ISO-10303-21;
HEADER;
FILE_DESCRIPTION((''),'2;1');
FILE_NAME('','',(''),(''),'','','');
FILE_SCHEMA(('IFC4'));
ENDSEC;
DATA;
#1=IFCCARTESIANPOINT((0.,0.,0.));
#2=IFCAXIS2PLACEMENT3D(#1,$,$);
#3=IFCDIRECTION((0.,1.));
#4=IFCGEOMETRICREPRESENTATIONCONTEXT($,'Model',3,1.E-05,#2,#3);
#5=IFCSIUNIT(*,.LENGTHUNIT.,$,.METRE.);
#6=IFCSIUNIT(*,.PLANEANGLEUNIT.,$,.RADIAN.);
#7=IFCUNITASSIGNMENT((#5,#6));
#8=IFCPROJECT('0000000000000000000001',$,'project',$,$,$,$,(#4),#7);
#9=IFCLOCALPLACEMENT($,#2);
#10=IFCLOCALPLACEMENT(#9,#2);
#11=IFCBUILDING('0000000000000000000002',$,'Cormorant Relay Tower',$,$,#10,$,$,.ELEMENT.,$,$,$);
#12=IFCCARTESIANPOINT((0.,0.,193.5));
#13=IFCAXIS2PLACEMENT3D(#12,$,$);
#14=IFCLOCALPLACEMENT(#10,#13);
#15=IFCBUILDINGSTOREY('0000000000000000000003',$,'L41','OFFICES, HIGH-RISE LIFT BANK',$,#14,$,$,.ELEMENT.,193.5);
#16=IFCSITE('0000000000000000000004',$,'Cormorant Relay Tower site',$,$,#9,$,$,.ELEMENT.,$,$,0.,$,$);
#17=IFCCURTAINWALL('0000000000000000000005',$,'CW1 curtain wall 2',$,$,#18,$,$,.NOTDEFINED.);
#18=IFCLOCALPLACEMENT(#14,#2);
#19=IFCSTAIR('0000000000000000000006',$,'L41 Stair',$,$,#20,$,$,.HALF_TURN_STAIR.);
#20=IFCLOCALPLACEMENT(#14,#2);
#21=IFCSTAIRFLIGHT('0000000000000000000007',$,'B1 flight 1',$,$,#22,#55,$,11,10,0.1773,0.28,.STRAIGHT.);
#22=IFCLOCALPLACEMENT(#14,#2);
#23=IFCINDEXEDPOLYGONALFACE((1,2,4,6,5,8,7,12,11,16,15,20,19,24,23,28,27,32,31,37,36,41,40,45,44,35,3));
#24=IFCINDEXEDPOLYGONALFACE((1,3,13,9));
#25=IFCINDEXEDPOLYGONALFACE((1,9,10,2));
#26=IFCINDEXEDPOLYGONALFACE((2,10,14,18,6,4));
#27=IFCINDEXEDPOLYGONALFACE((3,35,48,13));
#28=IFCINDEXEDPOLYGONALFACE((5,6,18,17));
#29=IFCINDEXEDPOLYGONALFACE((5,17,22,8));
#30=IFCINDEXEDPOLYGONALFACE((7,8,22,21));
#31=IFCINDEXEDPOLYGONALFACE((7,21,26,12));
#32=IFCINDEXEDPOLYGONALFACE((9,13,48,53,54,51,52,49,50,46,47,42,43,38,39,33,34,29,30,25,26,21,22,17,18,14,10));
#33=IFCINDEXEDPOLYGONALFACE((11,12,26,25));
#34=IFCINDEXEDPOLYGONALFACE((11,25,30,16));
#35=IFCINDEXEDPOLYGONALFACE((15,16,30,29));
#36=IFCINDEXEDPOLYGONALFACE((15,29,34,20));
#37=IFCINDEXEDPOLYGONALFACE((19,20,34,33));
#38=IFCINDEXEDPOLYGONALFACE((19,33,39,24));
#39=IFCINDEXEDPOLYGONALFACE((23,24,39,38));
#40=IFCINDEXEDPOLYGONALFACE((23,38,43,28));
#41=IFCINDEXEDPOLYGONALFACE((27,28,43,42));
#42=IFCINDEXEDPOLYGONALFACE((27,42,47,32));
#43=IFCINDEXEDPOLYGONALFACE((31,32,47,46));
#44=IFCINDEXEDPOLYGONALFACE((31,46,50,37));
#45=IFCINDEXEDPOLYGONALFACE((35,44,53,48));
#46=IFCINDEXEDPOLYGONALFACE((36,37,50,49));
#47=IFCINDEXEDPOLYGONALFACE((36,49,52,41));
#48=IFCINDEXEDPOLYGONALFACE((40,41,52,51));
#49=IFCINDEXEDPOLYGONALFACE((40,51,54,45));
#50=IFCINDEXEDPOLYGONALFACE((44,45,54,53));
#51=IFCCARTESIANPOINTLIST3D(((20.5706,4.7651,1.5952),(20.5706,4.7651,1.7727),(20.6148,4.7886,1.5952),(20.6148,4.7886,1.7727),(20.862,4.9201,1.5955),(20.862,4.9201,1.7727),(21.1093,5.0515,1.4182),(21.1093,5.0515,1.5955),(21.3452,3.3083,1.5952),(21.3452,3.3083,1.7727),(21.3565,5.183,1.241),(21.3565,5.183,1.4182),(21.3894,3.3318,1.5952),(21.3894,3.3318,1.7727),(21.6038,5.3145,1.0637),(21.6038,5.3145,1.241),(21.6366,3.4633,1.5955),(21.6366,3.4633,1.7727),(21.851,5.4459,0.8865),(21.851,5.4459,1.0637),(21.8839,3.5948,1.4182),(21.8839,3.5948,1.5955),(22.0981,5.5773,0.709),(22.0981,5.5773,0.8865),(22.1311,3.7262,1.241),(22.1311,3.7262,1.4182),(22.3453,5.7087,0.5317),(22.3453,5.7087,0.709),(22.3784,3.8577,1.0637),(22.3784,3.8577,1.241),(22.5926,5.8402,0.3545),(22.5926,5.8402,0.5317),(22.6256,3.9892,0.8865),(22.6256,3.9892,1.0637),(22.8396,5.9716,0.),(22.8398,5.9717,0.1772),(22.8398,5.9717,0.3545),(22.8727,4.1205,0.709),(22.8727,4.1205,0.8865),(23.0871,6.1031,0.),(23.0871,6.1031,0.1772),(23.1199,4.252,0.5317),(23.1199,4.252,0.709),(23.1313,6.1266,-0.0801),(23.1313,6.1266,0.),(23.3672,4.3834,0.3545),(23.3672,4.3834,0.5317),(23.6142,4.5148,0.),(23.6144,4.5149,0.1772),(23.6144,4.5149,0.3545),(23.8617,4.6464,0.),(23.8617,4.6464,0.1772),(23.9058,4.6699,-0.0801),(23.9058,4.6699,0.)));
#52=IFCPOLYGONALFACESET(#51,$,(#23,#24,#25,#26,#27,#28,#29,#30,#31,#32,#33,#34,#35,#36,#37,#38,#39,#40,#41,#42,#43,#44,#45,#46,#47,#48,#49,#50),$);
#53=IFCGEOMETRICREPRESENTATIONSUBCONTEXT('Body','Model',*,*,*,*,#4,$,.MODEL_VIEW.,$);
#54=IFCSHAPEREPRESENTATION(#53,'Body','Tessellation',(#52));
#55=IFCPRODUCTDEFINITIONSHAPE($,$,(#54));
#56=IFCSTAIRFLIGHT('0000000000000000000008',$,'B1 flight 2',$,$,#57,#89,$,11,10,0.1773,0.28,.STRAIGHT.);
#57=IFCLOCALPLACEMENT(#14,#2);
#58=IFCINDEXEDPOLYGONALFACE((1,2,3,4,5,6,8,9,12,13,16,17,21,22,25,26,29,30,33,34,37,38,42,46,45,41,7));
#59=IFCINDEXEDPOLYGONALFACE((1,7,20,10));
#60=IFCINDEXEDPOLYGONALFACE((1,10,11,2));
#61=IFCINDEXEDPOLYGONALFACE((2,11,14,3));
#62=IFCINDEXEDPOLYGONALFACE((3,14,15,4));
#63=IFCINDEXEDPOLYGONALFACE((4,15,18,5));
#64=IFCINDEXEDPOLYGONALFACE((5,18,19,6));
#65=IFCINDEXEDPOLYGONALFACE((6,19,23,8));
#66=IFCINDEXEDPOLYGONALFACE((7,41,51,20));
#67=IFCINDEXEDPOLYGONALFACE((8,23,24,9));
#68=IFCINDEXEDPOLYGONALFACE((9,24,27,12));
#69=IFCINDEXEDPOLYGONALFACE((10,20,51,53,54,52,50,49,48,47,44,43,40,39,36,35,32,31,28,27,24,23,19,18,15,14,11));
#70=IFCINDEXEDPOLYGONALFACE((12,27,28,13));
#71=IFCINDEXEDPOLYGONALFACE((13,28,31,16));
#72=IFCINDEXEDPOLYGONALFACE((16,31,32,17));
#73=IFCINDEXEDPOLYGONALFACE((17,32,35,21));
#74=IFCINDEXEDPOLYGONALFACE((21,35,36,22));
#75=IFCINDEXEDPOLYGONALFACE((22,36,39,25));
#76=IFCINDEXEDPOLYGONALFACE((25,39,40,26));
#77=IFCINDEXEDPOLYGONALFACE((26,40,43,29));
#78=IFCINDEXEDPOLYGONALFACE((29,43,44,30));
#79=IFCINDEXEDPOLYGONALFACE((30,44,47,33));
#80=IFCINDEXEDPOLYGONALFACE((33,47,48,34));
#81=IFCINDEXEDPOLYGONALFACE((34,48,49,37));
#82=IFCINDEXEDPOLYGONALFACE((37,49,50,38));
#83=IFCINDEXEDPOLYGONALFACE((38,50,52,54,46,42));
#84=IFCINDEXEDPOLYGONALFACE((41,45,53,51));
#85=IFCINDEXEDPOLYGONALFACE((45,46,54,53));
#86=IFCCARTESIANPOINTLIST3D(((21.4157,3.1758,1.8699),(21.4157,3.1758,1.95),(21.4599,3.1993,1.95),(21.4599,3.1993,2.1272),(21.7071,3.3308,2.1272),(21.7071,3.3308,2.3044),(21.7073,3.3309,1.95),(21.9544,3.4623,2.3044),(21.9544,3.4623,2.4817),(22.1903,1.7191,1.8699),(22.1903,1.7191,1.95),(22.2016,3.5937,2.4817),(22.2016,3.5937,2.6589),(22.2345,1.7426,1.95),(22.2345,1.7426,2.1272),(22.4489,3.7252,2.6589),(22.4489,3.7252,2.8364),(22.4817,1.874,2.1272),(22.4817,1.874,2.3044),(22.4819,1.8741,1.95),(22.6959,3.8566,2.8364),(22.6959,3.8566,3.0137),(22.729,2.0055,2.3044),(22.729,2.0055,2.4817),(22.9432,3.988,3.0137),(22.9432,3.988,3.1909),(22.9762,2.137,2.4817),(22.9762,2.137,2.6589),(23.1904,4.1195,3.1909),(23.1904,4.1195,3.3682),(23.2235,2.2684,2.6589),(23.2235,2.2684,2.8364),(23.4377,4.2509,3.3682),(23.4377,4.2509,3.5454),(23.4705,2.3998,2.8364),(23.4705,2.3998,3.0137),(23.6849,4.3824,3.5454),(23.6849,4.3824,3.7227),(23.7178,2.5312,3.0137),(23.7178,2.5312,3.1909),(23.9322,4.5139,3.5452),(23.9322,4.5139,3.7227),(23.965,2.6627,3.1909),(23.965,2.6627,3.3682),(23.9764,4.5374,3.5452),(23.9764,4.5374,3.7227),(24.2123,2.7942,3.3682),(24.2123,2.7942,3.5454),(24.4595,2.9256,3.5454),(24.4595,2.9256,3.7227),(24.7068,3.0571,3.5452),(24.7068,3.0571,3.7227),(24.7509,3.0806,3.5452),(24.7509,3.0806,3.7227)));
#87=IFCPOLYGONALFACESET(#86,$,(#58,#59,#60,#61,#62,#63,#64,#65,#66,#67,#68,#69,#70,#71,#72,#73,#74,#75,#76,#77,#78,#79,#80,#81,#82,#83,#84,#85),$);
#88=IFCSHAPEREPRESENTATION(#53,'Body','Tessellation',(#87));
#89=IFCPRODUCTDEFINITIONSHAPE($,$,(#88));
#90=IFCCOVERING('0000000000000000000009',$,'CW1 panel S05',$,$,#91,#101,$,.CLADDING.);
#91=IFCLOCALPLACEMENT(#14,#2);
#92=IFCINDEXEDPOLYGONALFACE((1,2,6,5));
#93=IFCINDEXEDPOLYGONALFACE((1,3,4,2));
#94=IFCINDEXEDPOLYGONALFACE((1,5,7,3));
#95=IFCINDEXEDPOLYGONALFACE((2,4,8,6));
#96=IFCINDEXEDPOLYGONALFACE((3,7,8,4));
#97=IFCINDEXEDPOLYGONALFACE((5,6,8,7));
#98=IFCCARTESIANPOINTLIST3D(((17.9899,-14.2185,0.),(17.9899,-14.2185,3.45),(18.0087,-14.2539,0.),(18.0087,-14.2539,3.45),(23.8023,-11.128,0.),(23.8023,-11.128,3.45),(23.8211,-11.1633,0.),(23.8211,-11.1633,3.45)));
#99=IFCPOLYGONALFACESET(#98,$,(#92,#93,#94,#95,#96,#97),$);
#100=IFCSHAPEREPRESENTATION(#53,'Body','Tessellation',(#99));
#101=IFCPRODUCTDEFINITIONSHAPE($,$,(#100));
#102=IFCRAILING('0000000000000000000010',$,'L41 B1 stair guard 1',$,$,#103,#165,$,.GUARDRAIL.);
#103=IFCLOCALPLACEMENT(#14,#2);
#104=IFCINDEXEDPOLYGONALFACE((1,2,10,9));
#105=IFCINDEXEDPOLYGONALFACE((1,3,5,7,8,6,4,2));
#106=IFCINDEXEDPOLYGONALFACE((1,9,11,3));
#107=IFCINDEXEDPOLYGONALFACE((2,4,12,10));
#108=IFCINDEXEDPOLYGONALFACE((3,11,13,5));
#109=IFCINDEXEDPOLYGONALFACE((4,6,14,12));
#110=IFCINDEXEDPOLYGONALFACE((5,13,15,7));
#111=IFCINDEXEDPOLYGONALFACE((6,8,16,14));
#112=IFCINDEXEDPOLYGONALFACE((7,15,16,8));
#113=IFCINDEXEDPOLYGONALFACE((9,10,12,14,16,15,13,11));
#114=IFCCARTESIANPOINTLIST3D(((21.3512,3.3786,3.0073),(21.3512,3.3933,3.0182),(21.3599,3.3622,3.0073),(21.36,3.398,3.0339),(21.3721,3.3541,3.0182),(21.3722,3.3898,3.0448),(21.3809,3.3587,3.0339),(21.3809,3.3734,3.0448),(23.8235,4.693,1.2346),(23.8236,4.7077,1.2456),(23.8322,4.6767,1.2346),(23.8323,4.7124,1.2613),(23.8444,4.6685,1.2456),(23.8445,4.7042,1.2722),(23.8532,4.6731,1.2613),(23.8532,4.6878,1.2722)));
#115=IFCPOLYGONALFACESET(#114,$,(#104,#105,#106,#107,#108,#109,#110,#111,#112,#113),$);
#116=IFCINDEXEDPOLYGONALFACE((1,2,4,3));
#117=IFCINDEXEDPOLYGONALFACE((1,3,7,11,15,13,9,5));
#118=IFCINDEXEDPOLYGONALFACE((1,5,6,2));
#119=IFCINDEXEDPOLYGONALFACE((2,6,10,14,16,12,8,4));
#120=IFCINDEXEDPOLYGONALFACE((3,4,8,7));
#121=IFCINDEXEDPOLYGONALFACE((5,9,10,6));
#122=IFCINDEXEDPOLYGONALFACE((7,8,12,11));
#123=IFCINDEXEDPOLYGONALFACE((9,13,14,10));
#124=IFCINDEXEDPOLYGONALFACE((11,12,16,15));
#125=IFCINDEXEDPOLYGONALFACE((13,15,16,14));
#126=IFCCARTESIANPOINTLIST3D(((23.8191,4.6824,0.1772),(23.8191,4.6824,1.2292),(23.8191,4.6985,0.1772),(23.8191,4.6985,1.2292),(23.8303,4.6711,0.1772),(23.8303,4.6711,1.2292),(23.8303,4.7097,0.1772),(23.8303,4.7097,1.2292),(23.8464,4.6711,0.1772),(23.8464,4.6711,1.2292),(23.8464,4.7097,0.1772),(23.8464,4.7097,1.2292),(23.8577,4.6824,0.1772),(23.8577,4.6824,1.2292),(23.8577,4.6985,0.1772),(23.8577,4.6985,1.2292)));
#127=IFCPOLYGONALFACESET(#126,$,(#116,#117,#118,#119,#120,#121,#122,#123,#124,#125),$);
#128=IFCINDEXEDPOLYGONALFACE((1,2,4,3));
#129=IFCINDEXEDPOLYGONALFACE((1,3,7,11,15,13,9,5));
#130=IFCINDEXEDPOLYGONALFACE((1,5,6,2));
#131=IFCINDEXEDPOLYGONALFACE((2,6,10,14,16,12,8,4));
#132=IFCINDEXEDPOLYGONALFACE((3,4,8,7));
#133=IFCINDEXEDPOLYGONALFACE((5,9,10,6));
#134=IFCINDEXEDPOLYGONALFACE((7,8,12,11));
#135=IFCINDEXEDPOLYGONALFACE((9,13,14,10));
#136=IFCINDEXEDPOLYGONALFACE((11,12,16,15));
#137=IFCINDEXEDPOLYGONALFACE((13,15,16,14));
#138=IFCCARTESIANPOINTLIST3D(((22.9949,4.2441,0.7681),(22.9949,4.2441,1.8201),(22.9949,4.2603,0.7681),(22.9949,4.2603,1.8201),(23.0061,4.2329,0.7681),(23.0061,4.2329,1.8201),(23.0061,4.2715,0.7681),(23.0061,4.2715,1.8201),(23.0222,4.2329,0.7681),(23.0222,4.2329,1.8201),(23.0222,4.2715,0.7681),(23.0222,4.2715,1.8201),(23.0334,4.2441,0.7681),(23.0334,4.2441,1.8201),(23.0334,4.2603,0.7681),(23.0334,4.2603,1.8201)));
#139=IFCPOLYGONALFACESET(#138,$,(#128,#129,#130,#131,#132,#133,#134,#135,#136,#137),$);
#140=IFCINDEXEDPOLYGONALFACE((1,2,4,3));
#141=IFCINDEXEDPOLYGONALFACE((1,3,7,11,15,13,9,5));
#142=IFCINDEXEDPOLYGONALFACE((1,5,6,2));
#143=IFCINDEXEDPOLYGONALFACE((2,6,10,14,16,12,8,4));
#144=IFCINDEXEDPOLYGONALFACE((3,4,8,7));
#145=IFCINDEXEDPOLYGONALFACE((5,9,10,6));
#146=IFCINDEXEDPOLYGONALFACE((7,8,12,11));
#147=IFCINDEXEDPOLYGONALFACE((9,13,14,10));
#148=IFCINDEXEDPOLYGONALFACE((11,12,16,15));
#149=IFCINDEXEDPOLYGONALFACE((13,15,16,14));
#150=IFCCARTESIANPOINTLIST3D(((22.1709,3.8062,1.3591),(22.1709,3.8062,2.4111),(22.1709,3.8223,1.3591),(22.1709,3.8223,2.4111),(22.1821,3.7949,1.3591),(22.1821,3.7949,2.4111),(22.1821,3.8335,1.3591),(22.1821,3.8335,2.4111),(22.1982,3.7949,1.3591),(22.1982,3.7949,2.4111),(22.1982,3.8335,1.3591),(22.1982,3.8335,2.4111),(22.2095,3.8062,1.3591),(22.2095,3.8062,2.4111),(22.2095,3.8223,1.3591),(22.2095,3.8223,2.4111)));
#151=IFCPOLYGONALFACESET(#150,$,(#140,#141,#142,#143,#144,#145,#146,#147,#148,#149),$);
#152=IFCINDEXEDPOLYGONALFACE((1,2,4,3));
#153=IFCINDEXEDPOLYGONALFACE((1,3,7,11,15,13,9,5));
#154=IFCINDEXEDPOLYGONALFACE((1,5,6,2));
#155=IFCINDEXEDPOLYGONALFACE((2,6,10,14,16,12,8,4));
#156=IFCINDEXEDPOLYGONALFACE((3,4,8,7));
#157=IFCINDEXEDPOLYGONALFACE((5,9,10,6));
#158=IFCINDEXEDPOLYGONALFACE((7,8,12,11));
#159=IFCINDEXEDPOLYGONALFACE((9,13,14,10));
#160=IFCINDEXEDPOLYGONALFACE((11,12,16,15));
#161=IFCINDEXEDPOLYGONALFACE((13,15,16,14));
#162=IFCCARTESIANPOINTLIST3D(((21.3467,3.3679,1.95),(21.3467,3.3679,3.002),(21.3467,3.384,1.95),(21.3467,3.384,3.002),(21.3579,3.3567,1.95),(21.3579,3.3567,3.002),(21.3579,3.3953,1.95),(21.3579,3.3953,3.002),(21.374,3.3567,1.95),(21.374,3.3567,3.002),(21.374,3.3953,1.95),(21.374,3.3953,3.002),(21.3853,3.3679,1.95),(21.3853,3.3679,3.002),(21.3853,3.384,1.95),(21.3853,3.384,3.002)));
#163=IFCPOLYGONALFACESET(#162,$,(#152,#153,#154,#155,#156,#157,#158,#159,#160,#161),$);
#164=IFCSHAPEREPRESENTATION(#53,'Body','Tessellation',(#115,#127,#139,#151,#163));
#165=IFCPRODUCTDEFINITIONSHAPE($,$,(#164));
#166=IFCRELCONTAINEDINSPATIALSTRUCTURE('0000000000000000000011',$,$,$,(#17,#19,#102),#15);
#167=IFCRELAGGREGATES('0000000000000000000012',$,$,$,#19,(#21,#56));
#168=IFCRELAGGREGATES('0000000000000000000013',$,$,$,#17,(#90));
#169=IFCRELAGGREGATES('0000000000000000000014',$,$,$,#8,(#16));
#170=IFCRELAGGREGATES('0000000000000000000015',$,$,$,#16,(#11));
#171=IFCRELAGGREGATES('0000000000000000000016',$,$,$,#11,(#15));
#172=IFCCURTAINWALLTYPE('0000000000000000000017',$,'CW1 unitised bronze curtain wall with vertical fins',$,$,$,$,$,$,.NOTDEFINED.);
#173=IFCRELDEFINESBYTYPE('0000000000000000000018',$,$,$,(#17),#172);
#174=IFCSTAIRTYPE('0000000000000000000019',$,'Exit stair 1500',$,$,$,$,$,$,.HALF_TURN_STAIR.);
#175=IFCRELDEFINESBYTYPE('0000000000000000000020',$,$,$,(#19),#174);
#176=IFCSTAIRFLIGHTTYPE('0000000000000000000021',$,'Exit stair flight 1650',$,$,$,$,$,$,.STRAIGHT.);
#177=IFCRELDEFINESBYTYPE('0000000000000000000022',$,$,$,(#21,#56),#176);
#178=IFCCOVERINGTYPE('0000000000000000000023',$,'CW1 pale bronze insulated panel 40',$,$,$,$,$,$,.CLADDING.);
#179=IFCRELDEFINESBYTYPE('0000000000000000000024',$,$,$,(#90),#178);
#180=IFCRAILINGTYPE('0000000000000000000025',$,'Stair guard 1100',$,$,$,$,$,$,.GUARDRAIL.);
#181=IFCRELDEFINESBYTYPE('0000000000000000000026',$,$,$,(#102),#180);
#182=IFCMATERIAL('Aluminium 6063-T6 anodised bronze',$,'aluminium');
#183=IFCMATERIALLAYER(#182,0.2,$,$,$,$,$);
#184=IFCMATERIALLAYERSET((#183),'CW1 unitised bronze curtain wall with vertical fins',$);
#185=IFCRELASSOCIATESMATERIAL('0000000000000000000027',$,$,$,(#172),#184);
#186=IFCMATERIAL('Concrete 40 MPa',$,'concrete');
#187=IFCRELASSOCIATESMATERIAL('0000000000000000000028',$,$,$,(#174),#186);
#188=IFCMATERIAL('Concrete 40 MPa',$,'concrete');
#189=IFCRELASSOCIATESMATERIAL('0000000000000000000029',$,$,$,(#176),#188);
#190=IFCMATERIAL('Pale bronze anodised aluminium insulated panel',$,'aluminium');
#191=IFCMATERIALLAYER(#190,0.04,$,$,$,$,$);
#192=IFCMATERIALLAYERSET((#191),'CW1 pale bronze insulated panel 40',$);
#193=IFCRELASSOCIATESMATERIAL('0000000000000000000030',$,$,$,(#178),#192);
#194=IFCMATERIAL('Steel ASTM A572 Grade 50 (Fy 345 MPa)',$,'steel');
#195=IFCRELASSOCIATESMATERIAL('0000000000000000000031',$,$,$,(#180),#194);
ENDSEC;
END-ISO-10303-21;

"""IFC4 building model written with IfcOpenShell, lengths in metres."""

from ifc_helpers import new_model, si_unit, direction, frame, origin, origin_2d, place, context, subcontext, project, spatial, polyline, rectangle, outline, extrude, material, layer, layer_set, type_object, element, aggregate, save


model = new_model("IFC4")

# Units and contexts
model_context = context("Model", 3, precision=1e-05, world=origin(), true_north=direction((0.0, 1.0)))
body_context = subcontext(model_context, "Body", "Model", "MODEL_VIEW")
ifc_project = project(units=[si_unit("LENGTHUNIT", "METRE"), si_unit("PLANEANGLEUNIT", "RADIAN")], contexts=[model_context])

# Site, building, storey
site_placement = place(None, origin())
site = spatial("IfcSite", under=ifc_project, at=site_placement, Name="Cormorant Relay Tower site", CompositionType="ELEMENT", RefElevation=0.0)
building_placement = place(site_placement, origin())
building = spatial("IfcBuilding", under=site, at=building_placement, Name="Cormorant Relay Tower", CompositionType="ELEMENT")
storey_placement = place(building_placement, frame((0.0, 0.0, 193.5)))
storey = spatial("IfcBuildingStorey", under=building, at=storey_placement, Name="L41", Description="OFFICES, HIGH-RISE LIFT BANK", CompositionType="ELEMENT", Elevation=193.5)

# Curtain wall
ifc_material_1 = material(Name="Aluminium 6063-T6 anodised bronze", Category="aluminium")
ifc_layer_1 = layer(ifc_material_1, 0.2)
ifc_layer_set_1 = layer_set([ifc_layer_1], Name="CW1 unitised bronze curtain wall with vertical fins")
curtain_wall_type = type_object("IfcCurtainWallType", Name="CW1 unitised bronze curtain wall with vertical fins", PredefinedType="NOTDEFINED", material=ifc_layer_set_1)
curtain_wall_placement = place(storey_placement, origin())
curtain_wall = element("IfcCurtainWall", 1, at=curtain_wall_placement, inside=storey, type_object=curtain_wall_type, Name="CW1 curtain wall 2", PredefinedType="NOTDEFINED")

# Stair, stair flights
ifc_material_2 = material(Name="Concrete 40 MPa", Category="concrete")
stair_type = type_object("IfcStairType", Name="Exit stair 1500", PredefinedType="HALF_TURN_STAIR", material=ifc_material_2)
stair_placement = place(storey_placement, origin())
stair = element("IfcStair", 2, at=stair_placement, inside=storey, type_object=stair_type, Name="L41 Stair", PredefinedType="HALF_TURN_STAIR")
ifc_material_3 = material(Name="Concrete 40 MPa", Category="concrete")
stair_flight_type = type_object("IfcStairFlightType", Name="Exit stair flight 1650", PredefinedType="STRAIGHT", material=ifc_material_3)
stair_flight_1_placement = place(storey_placement, frame((23.4744, 5.3748, 0.0), z_axis=(0.0, 0.0, 1.0), x_axis=(-0.882948, -0.469472, 0.0)))
stair_flight_1 = element("IfcStairFlight", 3, at=stair_flight_1_placement, type_object=stair_flight_type, Name="B1 flight 1", NumberOfRisers=11, NumberOfTreads=10, PredefinedType="STRAIGHT", RiserHeight=0.1773, TreadLength=0.28, context=body_context, shape_type="SweptSolid", body=[
    extrude(outline(polyline([(-0.05, -0.0801), (-0.05, 0.0), (0.0, 0.0), (0.0, 0.1772), (0.28, 0.1772), (0.28, 0.3545), (0.5601, 0.3545), (0.5601, 0.5317), (0.8401, 0.5317), (0.8401, 0.709), (1.1201, 0.709), (1.1201, 0.8865), (1.3999, 0.8865), (1.3999, 1.0637), (1.6799, 1.0637), (1.6799, 1.241), (1.96, 1.241), (1.96, 1.4182), (2.24, 1.4182), (2.24, 1.5955), (2.52, 1.5955), (2.52, 1.7727), (2.8, 1.7727), (2.8501, 1.7727), (2.8501, 1.5952), (2.8, 1.5952), (0.2803, 0.0), (-0.05, -0.0801)])), frame((0.0, 0.825, 0.0), z_axis=(0.0, -1.0, 0.0), x_axis=(1.0, 0.0, 0.0)), (0.0, 0.0, 1.0), 1.6499),
])
stair_flight_2_placement = place(storey_placement, frame((21.8472, 2.4709, 1.95), z_axis=(0.0, 0.0, 1.0), x_axis=(0.882948, 0.469472, 0.0)))
stair_flight_2 = element("IfcStairFlight", 4, at=stair_flight_2_placement, type_object=stair_flight_type, Name="B1 flight 2", NumberOfRisers=11, NumberOfTreads=10, PredefinedType="STRAIGHT", RiserHeight=0.1773, TreadLength=0.28, context=body_context, shape_type="SweptSolid", body=[
    extrude(outline(polyline([(-0.05, -0.0801), (-0.05, 0.0), (0.0, 0.0), (0.0, 0.1772), (0.28, 0.1772), (0.28, 0.3545), (0.5601, 0.3545), (0.5601, 0.5317), (0.8401, 0.5317), (0.8401, 0.709), (1.1201, 0.709), (1.1201, 0.8865), (1.3999, 0.8865), (1.3999, 1.0637), (1.6799, 1.0637), (1.6799, 1.241), (1.96, 1.241), (1.96, 1.4182), (2.24, 1.4182), (2.24, 1.5955), (2.52, 1.5955), (2.52, 1.7727), (2.8, 1.7727), (2.8501, 1.7727), (2.8501, 1.5952), (2.8, 1.5952), (0.2803, 0.0), (-0.05, -0.0801)])), frame((0.0, 0.825, 0.0), z_axis=(0.0, -1.0, 0.0), x_axis=(1.0, 0.0, 0.0)), (0.0, 0.0, 1.0), 1.6499),
])
aggregate(stair, [stair_flight_1, stair_flight_2])

# Covering
ifc_material_4 = material(Name="Pale bronze anodised aluminium insulated panel", Category="aluminium")
ifc_layer_2 = layer(ifc_material_4, 0.04)
ifc_layer_set_2 = layer_set([ifc_layer_2], Name="CW1 pale bronze insulated panel 40")
covering_type = type_object("IfcCoveringType", Name="CW1 pale bronze insulated panel 40", PredefinedType="CLADDING", material=ifc_layer_set_2)
covering_placement = place(storey_placement, frame((20.9055, -12.6909, 0.0), z_axis=(0.0, 0.0, 1.0), x_axis=(0.882948, 0.469472, 0.0)))
covering = element("IfcCovering", 5, at=covering_placement, type_object=covering_type, Name="CW1 panel S05", PredefinedType="CLADDING", context=body_context, shape_type="SweptSolid", body=[
    extrude(rectangle(XDim=6.583, YDim=0.04, at=origin_2d()), origin(), (0.0, 0.0, 1.0), 3.45),
])
aggregate(curtain_wall, [covering])

# Railing
ifc_material_5 = material(Name="Steel ASTM A572 Grade 50 (Fy 345 MPa)", Category="steel")
railing_type_1 = type_object("IfcRailingType", Name="Stair guard 1100", PredefinedType="GUARDRAIL", material=ifc_material_5)
railing_1_placement = place(storey_placement, frame((23.8384, 4.6904, 0.1772)))
element("IfcRailing", 6, at=railing_1_placement, inside=storey, type_object=railing_type_1, Name="L41 B1 stair guard 1", PredefinedType="GUARDRAIL", context=body_context, shape_type="SweptSolid", body=[
    extrude(outline(polyline([(0.0222, 0.0093), (0.0093, 0.0222), (-0.0093, 0.0222), (-0.0222, 0.0093), (-0.0222, -0.0093), (-0.0093, -0.0222), (0.0093, -0.0222), (0.0222, -0.0093), (0.0222, 0.0093)])), frame((0.0, 0.0, 1.0762), z_axis=(-0.746034, -0.396627, 0.534902), x_axis=(0.469429, -0.88297, 0.0)), (0.0, 0.0, 1.0), 3.314),
    extrude(outline(polyline([(0.0193, 0.0081), (0.0081, 0.0193), (-0.0081, 0.0193), (-0.0193, 0.0081), (-0.0193, -0.0081), (-0.0081, -0.0193), (0.0081, -0.0193), (0.0193, -0.0081), (0.0193, 0.0081)])), origin(), (0.0, 0.0, 1.0), 1.052),
    extrude(outline(polyline([(0.0193, 0.0081), (0.0081, 0.0193), (-0.0081, 0.0193), (-0.0193, 0.0081), (-0.0193, -0.0081), (-0.0081, -0.0193), (0.0081, -0.0193), (0.0193, -0.0081), (0.0193, 0.0081)])), frame((-0.8242, -0.4382, 0.5908)), (0.0, 0.0, 1.0), 1.052),
    extrude(outline(polyline([(0.0193, 0.0081), (0.0081, 0.0193), (-0.0081, 0.0193), (-0.0193, 0.0081), (-0.0193, -0.0081), (-0.0081, -0.0193), (0.0081, -0.0193), (0.0193, -0.0081), (0.0193, 0.0081)])), frame((-1.6482, -0.8762, 1.1819)), (0.0, 0.0, 1.0), 1.052),
    extrude(outline(polyline([(0.0193, 0.0081), (0.0081, 0.0193), (-0.0081, 0.0193), (-0.0193, 0.0081), (-0.0193, -0.0081), (-0.0081, -0.0193), (0.0081, -0.0193), (0.0193, -0.0081), (0.0193, 0.0081)])), frame((-2.4724, -1.3145, 1.7727)), (0.0, 0.0, 1.0), 1.052),
])

save(model, "model.ifc")
